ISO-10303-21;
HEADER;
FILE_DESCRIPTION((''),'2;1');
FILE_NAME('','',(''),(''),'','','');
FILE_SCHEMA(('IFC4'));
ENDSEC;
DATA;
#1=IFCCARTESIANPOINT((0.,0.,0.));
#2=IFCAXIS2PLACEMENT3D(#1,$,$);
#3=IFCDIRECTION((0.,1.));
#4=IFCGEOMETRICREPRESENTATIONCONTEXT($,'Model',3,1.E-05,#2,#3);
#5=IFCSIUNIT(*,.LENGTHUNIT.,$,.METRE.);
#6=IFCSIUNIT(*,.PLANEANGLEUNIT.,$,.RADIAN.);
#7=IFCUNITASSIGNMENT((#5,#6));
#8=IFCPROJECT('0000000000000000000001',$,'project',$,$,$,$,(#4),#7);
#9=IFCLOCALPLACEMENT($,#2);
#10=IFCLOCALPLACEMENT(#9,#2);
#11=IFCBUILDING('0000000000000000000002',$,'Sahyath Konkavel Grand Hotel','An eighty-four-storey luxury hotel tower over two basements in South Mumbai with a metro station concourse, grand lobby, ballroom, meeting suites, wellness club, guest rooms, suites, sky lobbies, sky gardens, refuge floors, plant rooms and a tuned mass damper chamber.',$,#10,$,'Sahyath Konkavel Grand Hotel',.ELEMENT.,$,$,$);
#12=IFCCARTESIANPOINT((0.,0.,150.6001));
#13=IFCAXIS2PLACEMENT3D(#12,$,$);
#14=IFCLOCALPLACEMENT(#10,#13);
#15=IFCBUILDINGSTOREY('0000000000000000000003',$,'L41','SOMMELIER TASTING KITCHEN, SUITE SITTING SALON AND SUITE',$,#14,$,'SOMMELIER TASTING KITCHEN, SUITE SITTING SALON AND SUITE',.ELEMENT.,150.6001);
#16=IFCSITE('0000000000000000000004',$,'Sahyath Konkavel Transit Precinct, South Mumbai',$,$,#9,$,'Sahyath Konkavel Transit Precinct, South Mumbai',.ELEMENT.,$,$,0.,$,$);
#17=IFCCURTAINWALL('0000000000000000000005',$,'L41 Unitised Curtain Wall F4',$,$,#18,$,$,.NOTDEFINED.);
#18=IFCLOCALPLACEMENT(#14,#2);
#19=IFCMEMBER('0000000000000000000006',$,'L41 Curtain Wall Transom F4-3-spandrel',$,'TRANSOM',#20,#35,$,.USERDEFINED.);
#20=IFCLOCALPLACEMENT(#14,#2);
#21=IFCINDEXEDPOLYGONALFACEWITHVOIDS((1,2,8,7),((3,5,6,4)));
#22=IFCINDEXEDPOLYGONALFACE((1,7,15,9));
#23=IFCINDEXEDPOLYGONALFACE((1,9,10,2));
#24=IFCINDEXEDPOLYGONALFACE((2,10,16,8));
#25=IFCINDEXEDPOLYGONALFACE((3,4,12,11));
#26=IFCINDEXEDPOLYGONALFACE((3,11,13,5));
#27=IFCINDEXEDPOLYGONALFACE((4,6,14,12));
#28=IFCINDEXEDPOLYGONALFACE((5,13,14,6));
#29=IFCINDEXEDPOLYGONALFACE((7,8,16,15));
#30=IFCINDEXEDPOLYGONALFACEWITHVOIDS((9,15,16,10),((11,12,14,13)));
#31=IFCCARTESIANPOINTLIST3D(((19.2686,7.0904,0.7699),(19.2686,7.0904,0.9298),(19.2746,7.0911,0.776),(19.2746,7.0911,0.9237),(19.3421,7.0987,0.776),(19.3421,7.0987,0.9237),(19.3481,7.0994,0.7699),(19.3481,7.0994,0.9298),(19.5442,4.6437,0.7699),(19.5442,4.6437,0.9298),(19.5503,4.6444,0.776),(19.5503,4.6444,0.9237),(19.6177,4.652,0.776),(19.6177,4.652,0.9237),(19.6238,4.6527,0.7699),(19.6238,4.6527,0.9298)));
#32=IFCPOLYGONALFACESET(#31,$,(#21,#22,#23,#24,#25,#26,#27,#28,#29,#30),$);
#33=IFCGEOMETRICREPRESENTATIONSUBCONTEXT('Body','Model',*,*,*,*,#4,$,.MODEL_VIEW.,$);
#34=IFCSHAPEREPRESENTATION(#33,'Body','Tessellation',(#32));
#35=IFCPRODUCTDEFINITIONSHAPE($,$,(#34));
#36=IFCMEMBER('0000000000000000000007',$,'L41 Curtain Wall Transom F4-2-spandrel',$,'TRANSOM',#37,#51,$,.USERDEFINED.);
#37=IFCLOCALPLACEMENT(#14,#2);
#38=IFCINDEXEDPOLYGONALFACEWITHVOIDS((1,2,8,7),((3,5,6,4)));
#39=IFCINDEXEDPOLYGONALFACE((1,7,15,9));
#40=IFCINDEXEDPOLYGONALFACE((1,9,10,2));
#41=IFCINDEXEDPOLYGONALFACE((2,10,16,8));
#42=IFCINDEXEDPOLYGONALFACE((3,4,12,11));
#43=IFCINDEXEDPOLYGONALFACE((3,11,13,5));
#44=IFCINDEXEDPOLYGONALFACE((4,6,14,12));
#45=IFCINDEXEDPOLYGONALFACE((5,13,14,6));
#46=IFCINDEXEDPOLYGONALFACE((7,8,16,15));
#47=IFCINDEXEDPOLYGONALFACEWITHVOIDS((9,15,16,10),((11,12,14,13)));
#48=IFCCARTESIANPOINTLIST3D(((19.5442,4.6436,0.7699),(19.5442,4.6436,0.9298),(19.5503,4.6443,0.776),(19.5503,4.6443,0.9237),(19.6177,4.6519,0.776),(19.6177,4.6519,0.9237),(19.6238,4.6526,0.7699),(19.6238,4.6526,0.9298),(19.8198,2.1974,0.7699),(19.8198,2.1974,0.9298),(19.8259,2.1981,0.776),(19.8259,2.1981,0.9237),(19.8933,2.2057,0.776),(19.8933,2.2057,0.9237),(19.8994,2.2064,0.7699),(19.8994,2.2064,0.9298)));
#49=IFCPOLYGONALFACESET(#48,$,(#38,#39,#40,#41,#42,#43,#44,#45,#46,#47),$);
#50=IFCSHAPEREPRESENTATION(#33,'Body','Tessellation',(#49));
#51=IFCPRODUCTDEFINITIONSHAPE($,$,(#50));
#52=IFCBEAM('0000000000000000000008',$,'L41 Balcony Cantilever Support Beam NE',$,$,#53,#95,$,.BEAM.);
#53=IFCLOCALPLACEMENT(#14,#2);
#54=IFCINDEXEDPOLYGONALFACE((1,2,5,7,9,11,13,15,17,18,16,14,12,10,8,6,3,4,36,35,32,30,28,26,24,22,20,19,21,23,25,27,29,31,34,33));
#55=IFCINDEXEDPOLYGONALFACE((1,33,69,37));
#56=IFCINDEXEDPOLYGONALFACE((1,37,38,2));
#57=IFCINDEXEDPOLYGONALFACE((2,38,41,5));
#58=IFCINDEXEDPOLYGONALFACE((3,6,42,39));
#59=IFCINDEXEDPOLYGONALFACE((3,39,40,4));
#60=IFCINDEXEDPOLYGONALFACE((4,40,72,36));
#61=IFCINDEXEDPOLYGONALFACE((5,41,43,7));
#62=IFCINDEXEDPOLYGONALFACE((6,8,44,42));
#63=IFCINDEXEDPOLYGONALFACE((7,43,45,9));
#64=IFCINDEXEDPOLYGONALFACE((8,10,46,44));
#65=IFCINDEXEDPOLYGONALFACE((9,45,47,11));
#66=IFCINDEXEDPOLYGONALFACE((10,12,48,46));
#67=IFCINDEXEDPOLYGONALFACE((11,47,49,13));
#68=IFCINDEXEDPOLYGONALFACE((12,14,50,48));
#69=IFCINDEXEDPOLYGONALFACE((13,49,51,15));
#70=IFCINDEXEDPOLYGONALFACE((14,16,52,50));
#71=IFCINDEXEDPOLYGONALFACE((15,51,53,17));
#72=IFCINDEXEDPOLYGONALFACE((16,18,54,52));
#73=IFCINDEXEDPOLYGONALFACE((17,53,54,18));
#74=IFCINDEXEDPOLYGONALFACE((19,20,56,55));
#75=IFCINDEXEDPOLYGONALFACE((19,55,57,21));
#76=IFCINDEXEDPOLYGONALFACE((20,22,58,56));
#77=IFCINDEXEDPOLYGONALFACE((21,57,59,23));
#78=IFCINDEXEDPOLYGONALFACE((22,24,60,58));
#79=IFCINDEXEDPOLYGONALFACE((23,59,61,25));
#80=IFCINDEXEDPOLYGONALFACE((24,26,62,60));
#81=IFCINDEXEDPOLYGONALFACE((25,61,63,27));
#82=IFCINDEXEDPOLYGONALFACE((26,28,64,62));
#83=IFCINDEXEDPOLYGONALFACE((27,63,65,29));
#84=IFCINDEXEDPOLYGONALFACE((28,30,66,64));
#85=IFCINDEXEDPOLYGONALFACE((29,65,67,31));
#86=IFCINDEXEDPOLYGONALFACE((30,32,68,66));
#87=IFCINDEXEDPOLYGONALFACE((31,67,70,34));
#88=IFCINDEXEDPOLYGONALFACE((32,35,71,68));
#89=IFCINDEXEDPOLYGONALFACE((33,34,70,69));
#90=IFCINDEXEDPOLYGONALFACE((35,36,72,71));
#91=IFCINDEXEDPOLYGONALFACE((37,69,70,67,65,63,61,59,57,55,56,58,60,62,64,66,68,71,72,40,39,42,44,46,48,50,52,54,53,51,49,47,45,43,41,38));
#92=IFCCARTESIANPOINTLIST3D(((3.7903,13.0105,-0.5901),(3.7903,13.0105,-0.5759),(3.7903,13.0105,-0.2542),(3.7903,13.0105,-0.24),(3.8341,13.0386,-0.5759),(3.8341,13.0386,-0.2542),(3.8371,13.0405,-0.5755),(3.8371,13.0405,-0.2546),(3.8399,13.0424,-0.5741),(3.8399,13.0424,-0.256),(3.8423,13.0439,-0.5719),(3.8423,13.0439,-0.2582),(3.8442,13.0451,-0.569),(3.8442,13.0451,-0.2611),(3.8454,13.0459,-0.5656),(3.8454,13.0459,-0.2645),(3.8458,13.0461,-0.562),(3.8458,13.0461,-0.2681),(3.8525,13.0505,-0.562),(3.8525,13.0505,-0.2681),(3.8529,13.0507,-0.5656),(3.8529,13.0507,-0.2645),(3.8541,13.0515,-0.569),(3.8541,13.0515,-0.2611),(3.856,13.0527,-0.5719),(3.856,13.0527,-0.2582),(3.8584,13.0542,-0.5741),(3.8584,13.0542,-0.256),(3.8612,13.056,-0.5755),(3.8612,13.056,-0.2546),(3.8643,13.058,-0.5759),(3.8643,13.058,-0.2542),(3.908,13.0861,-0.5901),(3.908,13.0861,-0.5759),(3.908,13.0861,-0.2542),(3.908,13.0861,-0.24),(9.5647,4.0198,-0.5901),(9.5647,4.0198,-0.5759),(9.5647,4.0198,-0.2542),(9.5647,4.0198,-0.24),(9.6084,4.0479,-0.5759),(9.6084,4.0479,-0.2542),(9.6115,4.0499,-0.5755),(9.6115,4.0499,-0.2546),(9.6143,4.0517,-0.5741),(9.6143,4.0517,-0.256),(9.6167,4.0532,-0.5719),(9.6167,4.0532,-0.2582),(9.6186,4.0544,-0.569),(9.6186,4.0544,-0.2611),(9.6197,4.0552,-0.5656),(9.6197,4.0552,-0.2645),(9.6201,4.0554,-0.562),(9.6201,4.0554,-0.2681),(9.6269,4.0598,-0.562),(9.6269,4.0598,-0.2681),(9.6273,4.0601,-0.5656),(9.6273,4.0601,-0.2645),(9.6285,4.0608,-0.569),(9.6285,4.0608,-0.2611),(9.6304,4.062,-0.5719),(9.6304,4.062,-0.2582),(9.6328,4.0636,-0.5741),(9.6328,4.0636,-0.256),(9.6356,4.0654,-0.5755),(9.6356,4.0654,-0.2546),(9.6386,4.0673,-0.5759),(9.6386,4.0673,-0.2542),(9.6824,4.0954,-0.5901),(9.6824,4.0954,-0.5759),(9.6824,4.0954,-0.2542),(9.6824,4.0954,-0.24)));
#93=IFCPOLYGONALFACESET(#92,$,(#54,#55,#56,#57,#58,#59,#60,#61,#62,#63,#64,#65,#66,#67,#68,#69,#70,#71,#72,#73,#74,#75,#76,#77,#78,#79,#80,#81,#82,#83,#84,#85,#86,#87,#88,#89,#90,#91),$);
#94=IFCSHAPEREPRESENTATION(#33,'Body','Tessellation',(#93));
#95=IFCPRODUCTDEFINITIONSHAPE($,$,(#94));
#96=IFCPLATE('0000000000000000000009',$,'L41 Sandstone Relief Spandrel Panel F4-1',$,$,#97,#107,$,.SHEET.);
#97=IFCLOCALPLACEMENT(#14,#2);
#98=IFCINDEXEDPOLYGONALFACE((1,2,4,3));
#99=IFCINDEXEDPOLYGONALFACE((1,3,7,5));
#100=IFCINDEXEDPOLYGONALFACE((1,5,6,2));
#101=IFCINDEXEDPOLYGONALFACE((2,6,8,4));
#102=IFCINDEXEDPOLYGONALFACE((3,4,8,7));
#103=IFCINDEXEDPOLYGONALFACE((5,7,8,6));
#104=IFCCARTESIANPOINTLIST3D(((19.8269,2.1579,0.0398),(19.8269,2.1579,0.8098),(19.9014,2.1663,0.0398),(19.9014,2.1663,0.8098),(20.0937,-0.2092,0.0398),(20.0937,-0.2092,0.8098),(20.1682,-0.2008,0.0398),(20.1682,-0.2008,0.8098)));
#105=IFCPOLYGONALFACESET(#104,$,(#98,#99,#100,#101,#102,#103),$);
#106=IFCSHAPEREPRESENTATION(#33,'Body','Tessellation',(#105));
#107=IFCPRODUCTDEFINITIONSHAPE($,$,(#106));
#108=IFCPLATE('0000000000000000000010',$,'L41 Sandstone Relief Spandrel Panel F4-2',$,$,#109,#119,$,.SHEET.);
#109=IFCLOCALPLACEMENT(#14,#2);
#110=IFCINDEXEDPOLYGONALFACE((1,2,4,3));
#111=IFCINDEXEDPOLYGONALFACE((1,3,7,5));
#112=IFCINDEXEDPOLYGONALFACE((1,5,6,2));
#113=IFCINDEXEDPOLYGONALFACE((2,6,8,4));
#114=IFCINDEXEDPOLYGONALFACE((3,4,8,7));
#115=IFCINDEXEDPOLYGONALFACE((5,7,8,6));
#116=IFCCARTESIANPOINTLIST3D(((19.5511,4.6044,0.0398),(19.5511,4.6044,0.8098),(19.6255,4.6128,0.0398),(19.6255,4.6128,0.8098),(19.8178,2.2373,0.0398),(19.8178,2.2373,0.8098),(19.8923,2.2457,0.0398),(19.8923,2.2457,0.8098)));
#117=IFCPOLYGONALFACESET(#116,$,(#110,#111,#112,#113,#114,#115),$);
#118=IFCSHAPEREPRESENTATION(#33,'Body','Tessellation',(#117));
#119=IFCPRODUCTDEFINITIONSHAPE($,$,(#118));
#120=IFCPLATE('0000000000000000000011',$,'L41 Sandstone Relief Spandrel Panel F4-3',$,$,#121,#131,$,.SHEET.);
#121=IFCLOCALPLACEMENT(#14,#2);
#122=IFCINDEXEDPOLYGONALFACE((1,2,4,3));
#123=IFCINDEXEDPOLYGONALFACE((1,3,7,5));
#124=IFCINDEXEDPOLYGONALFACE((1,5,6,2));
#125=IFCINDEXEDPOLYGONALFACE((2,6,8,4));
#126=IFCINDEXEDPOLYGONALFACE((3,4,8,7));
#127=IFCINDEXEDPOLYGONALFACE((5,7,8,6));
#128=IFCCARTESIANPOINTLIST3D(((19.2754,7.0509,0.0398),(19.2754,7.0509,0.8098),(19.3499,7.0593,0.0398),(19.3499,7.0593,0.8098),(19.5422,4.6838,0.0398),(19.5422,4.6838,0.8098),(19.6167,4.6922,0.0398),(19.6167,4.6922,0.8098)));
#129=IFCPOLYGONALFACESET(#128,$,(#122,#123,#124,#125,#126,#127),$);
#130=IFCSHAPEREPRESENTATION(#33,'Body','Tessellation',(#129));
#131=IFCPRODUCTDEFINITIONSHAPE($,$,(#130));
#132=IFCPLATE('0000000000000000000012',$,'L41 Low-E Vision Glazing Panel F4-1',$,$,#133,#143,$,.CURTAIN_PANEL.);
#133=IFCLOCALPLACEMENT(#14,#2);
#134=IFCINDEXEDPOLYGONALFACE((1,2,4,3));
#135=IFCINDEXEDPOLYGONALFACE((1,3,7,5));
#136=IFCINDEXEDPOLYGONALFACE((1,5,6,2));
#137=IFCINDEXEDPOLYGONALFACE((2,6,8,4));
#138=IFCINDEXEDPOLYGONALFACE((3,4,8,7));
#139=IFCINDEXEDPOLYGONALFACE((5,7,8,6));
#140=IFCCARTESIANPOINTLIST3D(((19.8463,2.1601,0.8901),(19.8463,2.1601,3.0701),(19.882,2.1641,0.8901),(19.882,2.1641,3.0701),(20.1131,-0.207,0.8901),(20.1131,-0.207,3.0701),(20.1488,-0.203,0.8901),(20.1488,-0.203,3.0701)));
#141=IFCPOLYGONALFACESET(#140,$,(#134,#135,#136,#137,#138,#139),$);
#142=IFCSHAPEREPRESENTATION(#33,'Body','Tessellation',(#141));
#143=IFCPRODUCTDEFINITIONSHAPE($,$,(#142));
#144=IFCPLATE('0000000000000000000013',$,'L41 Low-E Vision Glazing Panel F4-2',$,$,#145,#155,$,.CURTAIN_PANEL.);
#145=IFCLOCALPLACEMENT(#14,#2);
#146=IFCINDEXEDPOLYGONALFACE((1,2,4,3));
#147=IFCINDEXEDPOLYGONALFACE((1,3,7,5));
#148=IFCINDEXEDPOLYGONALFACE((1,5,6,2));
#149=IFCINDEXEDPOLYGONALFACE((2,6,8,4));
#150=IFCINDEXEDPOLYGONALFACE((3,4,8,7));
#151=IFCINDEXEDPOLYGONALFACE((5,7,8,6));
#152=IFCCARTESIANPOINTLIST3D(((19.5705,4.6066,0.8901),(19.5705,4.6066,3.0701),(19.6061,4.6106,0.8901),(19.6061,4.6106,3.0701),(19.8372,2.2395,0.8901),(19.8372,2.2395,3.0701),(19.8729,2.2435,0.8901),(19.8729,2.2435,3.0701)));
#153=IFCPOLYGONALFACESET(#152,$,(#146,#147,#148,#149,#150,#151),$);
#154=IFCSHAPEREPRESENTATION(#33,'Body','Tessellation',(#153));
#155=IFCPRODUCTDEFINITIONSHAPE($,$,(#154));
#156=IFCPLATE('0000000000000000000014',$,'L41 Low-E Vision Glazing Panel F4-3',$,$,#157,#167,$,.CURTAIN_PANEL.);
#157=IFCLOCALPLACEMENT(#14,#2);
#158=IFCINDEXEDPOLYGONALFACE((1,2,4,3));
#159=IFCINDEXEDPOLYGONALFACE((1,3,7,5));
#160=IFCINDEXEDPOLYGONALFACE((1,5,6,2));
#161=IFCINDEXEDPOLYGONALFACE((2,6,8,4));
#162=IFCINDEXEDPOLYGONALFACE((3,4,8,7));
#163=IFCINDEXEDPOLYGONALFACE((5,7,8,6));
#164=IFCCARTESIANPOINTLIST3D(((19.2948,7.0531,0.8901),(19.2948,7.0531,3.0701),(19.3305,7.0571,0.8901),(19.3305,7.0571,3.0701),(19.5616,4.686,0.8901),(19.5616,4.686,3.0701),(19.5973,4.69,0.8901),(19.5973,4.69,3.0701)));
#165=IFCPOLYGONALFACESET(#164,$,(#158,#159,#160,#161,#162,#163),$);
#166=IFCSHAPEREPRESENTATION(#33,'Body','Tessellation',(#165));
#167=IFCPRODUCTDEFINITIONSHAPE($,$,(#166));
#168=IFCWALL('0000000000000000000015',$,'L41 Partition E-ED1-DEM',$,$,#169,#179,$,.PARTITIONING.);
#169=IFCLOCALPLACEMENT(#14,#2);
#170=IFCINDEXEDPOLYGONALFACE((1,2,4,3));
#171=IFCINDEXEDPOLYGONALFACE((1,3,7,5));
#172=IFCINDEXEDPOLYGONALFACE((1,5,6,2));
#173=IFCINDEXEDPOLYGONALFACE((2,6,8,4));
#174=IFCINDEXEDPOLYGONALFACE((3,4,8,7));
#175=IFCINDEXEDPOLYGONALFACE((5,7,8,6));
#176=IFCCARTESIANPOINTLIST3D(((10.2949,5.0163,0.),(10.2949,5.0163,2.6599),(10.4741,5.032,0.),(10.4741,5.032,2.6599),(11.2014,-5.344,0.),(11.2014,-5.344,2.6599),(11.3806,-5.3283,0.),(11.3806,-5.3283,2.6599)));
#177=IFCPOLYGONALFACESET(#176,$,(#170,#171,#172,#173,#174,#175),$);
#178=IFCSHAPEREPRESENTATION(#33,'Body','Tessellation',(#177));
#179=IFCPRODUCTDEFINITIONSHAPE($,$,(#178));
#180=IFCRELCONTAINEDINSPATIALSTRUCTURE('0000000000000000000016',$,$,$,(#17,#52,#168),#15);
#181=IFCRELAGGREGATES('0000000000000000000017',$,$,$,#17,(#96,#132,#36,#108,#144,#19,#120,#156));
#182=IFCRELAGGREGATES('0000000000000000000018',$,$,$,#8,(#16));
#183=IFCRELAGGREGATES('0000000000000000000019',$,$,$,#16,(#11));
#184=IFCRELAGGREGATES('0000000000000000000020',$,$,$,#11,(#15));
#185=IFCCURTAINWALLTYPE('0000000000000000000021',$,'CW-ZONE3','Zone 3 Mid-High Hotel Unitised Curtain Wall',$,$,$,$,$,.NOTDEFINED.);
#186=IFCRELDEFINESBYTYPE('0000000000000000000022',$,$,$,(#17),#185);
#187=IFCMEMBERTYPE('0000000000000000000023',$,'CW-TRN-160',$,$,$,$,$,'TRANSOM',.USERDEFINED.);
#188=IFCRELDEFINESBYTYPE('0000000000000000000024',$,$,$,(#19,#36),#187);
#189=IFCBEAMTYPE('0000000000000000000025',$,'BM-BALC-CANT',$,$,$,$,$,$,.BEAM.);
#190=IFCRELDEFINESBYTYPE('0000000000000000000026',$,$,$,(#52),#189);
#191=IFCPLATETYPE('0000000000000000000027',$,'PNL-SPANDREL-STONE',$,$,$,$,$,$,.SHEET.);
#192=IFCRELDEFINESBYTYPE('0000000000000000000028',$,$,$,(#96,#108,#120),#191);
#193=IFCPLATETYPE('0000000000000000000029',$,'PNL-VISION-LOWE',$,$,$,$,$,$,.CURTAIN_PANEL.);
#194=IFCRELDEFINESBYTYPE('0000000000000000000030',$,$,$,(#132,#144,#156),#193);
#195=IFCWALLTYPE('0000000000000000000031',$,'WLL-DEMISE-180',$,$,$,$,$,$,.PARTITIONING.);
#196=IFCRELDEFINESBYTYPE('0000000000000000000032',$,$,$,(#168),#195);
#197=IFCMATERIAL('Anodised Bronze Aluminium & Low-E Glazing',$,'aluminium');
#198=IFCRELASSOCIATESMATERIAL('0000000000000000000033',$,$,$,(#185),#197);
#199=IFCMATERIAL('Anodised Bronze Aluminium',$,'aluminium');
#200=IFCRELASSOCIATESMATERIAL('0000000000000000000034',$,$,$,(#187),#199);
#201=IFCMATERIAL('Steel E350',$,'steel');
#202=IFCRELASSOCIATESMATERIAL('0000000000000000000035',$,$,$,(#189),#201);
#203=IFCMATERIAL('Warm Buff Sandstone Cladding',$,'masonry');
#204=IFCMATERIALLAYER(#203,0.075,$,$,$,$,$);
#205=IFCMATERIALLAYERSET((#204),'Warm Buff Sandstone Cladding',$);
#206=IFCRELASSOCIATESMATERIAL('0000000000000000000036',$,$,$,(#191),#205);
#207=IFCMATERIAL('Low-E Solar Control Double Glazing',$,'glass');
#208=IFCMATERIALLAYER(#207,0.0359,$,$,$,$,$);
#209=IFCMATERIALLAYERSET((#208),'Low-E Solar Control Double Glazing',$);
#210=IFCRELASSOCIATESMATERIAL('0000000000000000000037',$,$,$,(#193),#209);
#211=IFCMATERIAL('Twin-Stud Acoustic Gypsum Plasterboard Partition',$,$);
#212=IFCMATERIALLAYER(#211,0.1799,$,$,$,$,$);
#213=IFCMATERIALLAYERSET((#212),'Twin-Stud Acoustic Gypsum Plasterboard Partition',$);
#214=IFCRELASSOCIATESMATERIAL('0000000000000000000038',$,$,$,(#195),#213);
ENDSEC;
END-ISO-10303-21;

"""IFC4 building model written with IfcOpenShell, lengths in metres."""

from ifc_helpers import new_model, si_unit, direction, frame, frame_2d, origin, origin_2d, place, context, subcontext, project, spatial, rectangle, hollow_rectangle, i_section, extrude, source, transform, mapped, material, layer, layer_set, material_profile, profile_set, type_object, element, aggregate, save


model = new_model("IFC4")

# Units and contexts
model_context = context("Model", 3, precision=1e-05, world=origin(), true_north=direction((0.0, 1.0)))
body_context = subcontext(model_context, "Body", "Model", "MODEL_VIEW")
ifc_project = project(units=[si_unit("LENGTHUNIT", "METRE"), si_unit("PLANEANGLEUNIT", "RADIAN")], contexts=[model_context])

# Site, building, storey
site_placement = place(None, origin())
site = spatial("IfcSite", under=ifc_project, at=site_placement, Name="Sahyath Konkavel Transit Precinct, South Mumbai", LongName="Sahyath Konkavel Transit Precinct, South Mumbai", CompositionType="ELEMENT", RefElevation=0.0)
building_placement = place(site_placement, origin())
building = spatial("IfcBuilding", under=site, at=building_placement, Name="Sahyath Konkavel Grand Hotel", Description="An eighty-four-storey luxury hotel tower over two basements in South Mumbai with a metro station concourse, grand lobby, ballroom, meeting suites, wellness club, guest rooms, suites, sky lobbies, sky gardens, refuge floors, plant rooms and a tuned mass damper chamber.", LongName="Sahyath Konkavel Grand Hotel", CompositionType="ELEMENT")
storey_placement = place(building_placement, frame((0.0, 0.0, 150.6001)))
storey = spatial("IfcBuildingStorey", under=building, at=storey_placement, Name="L41", Description="SOMMELIER TASTING KITCHEN, SUITE SITTING SALON AND SUITE", LongName="SOMMELIER TASTING KITCHEN, SUITE SITTING SALON AND SUITE", CompositionType="ELEMENT", Elevation=150.6001)

# Shared definitions
ifc_material_1 = material(Name="Steel E350", Category="steel")

# Curtain wall
ifc_material_2 = material(Name="Anodised Bronze Aluminium & Low-E Glazing", Category="aluminium")
curtain_wall_type = type_object("IfcCurtainWallType", Name="CW-ZONE3", Description="Zone 3 Mid-High Hotel Unitised Curtain Wall", PredefinedType="NOTDEFINED", material=ifc_material_2)
curtain_wall_1_placement = place(storey_placement, origin())
curtain_wall_1 = element("IfcCurtainWall", 1, at=curtain_wall_1_placement, inside=storey, type_object=curtain_wall_type, Name="L41 Unitised Curtain Wall F4", PredefinedType="NOTDEFINED")
ifc_material_3 = material(Name="Anodised Bronze Aluminium", Category="aluminium")

# Members
ifc_material_profile_1 = material_profile(ifc_material_3, hollow_rectangle(XDim=0.0801, YDim=0.1599, WallThickness=0.0061, at=origin_2d()), Name="RHS 160x80x6")
ifc_profile_set_1 = profile_set([ifc_material_profile_1], Name="Anodised Bronze Aluminium")
member_type_1 = type_object("IfcMemberType", Name="CW-TRN-160", ElementType="TRANSOM", PredefinedType="USERDEFINED", material=ifc_profile_set_1)
shared_shape_1 = source(origin(), body_context, "Body", "SweptSolid", [
    extrude(hollow_rectangle(XDim=0.0801, YDim=0.1599, WallThickness=0.0061, at=origin_2d()), origin(), (0.0, 0.0, 1.0), 2.4622),
])
member_1_placement = place(storey_placement, frame((19.584, 4.6482, 0.8499), z_axis=(-0.111944, 0.993715, 0.0), x_axis=(-0.993715, -0.111944, 0.0)))
member_1 = element("IfcMember", 2, at=member_1_placement, type_object=member_type_1, Name="L41 Curtain Wall Transom F4-3-spandrel", ObjectType="TRANSOM", PredefinedType="USERDEFINED", context=body_context, shape_type="MappedRepresentation", body=[
    mapped(shared_shape_1, transform((0.0, 0.0, 0.0), scale=1.0)),
])
shared_shape_2 = source(origin(), body_context, "Body", "SweptSolid", [
    extrude(hollow_rectangle(XDim=0.0801, YDim=0.1599, WallThickness=0.0061, at=origin_2d()), origin(), (0.0, 0.0, 1.0), 2.4617),
])
member_2_placement = place(storey_placement, frame((19.8596, 2.2019, 0.8499), z_axis=(-0.111966, 0.993712, 0.0), x_axis=(-0.993712, -0.111966, 0.0)))
member_2 = element("IfcMember", 3, at=member_2_placement, type_object=member_type_1, Name="L41 Curtain Wall Transom F4-2-spandrel", ObjectType="TRANSOM", PredefinedType="USERDEFINED", context=body_context, shape_type="MappedRepresentation", body=[
    mapped(shared_shape_2, transform((0.0, 0.0, 0.0), scale=1.0)),
])

# Beam
ifc_material_profile_2 = material_profile(ifc_material_1, i_section(OverallWidth=0.1399, OverallDepth=0.3501, WebThickness=0.0081, FlangeThickness=0.0142, FilletRadius=0.0139, at=origin_2d()), Name="ISMB 350")
ifc_profile_set_2 = profile_set([ifc_material_profile_2], Name="Steel E350")
beam_type_1 = type_object("IfcBeamType", Name="BM-BALC-CANT", PredefinedType="BEAM", material=ifc_profile_set_2)
shared_shape_3 = source(origin(), body_context, "Body", "SweptSolid", [
    extrude(i_section(OverallWidth=0.1399, OverallDepth=0.3501, WebThickness=0.0081, FlangeThickness=0.0142, FilletRadius=0.0139, at=origin_2d()), origin(), (0.0, 0.0, 1.0), 10.6853),
])
beam_1_placement = place(storey_placement, frame((9.6235, 4.0576, -0.415), z_axis=(-0.540404, 0.841406, 0.0), x_axis=(-0.841406, -0.540404, 0.0)))
element("IfcBeam", 4, at=beam_1_placement, inside=storey, type_object=beam_type_1, Name="L41 Balcony Cantilever Support Beam NE", PredefinedType="BEAM", context=body_context, shape_type="MappedRepresentation", body=[
    mapped(shared_shape_3, transform((0.0, 0.0, 0.0), scale=1.0)),
])

# Plates
ifc_material_4 = material(Name="Warm Buff Sandstone Cladding", Category="masonry")
ifc_layer_1 = layer(ifc_material_4, 0.075)
ifc_layer_set_1 = layer_set([ifc_layer_1], Name="Warm Buff Sandstone Cladding")
plate_type_1 = type_object("IfcPlateType", Name="PNL-SPANDREL-STONE", PredefinedType="SHEET", material=ifc_layer_set_1)
shared_shape_4 = source(origin(), body_context, "Body", "SweptSolid", [
    extrude(rectangle(XDim=2.3821, YDim=0.075, at=origin_2d()), origin(), (0.0, 0.0, 1.0), 0.77),
])
plate_1_placement = place(storey_placement, frame((19.9976, 0.9785, 0.0398), z_axis=(0.0, 0.0, 1.0), x_axis=(-0.111989, 0.993709, 0.0)))
plate_1 = element("IfcPlate", 5, at=plate_1_placement, type_object=plate_type_1, Name="L41 Sandstone Relief Spandrel Panel F4-1", PredefinedType="SHEET", context=body_context, shape_type="MappedRepresentation", body=[
    mapped(shared_shape_4, transform((0.0, 0.0, 0.0), scale=1.0)),
])
plate_2_placement = place(storey_placement, frame((19.7217, 3.425, 0.0398), z_axis=(0.0, 0.0, 1.0), x_axis=(-0.111989, 0.993709, 0.0)))
plate_2 = element("IfcPlate", 6, at=plate_2_placement, type_object=plate_type_1, Name="L41 Sandstone Relief Spandrel Panel F4-2", PredefinedType="SHEET", context=body_context, shape_type="MappedRepresentation", body=[
    mapped(shared_shape_4, transform((0.0, 0.0, 0.0), scale=1.0)),
])
plate_3_placement = place(storey_placement, frame((19.446, 5.8716, 0.0398), z_axis=(0.0, 0.0, 1.0), x_axis=(-0.111989, 0.993709, 0.0)))
plate_3 = element("IfcPlate", 7, at=plate_3_placement, type_object=plate_type_1, Name="L41 Sandstone Relief Spandrel Panel F4-3", PredefinedType="SHEET", context=body_context, shape_type="MappedRepresentation", body=[
    mapped(shared_shape_4, transform((0.0, 0.0, 0.0), scale=1.0)),
])
ifc_material_5 = material(Name="Low-E Solar Control Double Glazing", Category="glass")
ifc_layer_2 = layer(ifc_material_5, 0.0359)
ifc_layer_set_2 = layer_set([ifc_layer_2], Name="Low-E Solar Control Double Glazing")
plate_type_2 = type_object("IfcPlateType", Name="PNL-VISION-LOWE", PredefinedType="CURTAIN_PANEL", material=ifc_layer_set_2)
shared_shape_5 = source(origin(), body_context, "Body", "SweptSolid", [
    extrude(rectangle(XDim=2.3821, YDim=0.0359, at=origin_2d()), origin(), (0.0, 0.0, 1.0), 2.1799),
])
plate_4_placement = place(storey_placement, frame((19.9976, 0.9785, 0.8901), z_axis=(0.0, 0.0, 1.0), x_axis=(-0.111989, 0.993709, 0.0)))
plate_4 = element("IfcPlate", 8, at=plate_4_placement, type_object=plate_type_2, Name="L41 Low-E Vision Glazing Panel F4-1", PredefinedType="CURTAIN_PANEL", context=body_context, shape_type="MappedRepresentation", body=[
    mapped(shared_shape_5, transform((0.0, 0.0, 0.0), scale=1.0)),
])
plate_5_placement = place(storey_placement, frame((19.7217, 3.425, 0.8901), z_axis=(0.0, 0.0, 1.0), x_axis=(-0.111989, 0.993709, 0.0)))
plate_5 = element("IfcPlate", 9, at=plate_5_placement, type_object=plate_type_2, Name="L41 Low-E Vision Glazing Panel F4-2", PredefinedType="CURTAIN_PANEL", context=body_context, shape_type="MappedRepresentation", body=[
    mapped(shared_shape_5, transform((0.0, 0.0, 0.0), scale=1.0)),
])
plate_6_placement = place(storey_placement, frame((19.446, 5.8716, 0.8901), z_axis=(0.0, 0.0, 1.0), x_axis=(-0.111989, 0.993709, 0.0)))
plate_6 = element("IfcPlate", 10, at=plate_6_placement, type_object=plate_type_2, Name="L41 Low-E Vision Glazing Panel F4-3", PredefinedType="CURTAIN_PANEL", context=body_context, shape_type="MappedRepresentation", body=[
    mapped(shared_shape_5, transform((0.0, 0.0, 0.0), scale=1.0)),
])
aggregate(curtain_wall_1, [plate_1, plate_4, member_2, plate_2, plate_5, member_1, plate_3, plate_6])

# Wall
ifc_material_6 = material(Name="Twin-Stud Acoustic Gypsum Plasterboard Partition")
ifc_layer_3 = layer(ifc_material_6, 0.1799)
ifc_layer_set_3 = layer_set([ifc_layer_3], Name="Twin-Stud Acoustic Gypsum Plasterboard Partition")
wall_type_1 = type_object("IfcWallType", Name="WLL-DEMISE-180", PredefinedType="PARTITIONING", material=ifc_layer_set_3)
wall_1_placement = place(storey_placement, frame((10.3845, 5.0242, 0.0), z_axis=(0.0, 0.0, 1.0), x_axis=(0.087163, -0.996194, 0.0)))
element("IfcWall", 11, at=wall_1_placement, inside=storey, type_object=wall_type_1, Name="L41 Partition E-ED1-DEM", PredefinedType="PARTITIONING", context=body_context, shape_type="SweptSolid", body=[
    extrude(rectangle(XDim=10.3999, YDim=0.1799, at=frame_2d((5.2, 0.0))), origin(), (0.0, 0.0, 1.0), 2.6599),
])

save(model, "model.ifc")
